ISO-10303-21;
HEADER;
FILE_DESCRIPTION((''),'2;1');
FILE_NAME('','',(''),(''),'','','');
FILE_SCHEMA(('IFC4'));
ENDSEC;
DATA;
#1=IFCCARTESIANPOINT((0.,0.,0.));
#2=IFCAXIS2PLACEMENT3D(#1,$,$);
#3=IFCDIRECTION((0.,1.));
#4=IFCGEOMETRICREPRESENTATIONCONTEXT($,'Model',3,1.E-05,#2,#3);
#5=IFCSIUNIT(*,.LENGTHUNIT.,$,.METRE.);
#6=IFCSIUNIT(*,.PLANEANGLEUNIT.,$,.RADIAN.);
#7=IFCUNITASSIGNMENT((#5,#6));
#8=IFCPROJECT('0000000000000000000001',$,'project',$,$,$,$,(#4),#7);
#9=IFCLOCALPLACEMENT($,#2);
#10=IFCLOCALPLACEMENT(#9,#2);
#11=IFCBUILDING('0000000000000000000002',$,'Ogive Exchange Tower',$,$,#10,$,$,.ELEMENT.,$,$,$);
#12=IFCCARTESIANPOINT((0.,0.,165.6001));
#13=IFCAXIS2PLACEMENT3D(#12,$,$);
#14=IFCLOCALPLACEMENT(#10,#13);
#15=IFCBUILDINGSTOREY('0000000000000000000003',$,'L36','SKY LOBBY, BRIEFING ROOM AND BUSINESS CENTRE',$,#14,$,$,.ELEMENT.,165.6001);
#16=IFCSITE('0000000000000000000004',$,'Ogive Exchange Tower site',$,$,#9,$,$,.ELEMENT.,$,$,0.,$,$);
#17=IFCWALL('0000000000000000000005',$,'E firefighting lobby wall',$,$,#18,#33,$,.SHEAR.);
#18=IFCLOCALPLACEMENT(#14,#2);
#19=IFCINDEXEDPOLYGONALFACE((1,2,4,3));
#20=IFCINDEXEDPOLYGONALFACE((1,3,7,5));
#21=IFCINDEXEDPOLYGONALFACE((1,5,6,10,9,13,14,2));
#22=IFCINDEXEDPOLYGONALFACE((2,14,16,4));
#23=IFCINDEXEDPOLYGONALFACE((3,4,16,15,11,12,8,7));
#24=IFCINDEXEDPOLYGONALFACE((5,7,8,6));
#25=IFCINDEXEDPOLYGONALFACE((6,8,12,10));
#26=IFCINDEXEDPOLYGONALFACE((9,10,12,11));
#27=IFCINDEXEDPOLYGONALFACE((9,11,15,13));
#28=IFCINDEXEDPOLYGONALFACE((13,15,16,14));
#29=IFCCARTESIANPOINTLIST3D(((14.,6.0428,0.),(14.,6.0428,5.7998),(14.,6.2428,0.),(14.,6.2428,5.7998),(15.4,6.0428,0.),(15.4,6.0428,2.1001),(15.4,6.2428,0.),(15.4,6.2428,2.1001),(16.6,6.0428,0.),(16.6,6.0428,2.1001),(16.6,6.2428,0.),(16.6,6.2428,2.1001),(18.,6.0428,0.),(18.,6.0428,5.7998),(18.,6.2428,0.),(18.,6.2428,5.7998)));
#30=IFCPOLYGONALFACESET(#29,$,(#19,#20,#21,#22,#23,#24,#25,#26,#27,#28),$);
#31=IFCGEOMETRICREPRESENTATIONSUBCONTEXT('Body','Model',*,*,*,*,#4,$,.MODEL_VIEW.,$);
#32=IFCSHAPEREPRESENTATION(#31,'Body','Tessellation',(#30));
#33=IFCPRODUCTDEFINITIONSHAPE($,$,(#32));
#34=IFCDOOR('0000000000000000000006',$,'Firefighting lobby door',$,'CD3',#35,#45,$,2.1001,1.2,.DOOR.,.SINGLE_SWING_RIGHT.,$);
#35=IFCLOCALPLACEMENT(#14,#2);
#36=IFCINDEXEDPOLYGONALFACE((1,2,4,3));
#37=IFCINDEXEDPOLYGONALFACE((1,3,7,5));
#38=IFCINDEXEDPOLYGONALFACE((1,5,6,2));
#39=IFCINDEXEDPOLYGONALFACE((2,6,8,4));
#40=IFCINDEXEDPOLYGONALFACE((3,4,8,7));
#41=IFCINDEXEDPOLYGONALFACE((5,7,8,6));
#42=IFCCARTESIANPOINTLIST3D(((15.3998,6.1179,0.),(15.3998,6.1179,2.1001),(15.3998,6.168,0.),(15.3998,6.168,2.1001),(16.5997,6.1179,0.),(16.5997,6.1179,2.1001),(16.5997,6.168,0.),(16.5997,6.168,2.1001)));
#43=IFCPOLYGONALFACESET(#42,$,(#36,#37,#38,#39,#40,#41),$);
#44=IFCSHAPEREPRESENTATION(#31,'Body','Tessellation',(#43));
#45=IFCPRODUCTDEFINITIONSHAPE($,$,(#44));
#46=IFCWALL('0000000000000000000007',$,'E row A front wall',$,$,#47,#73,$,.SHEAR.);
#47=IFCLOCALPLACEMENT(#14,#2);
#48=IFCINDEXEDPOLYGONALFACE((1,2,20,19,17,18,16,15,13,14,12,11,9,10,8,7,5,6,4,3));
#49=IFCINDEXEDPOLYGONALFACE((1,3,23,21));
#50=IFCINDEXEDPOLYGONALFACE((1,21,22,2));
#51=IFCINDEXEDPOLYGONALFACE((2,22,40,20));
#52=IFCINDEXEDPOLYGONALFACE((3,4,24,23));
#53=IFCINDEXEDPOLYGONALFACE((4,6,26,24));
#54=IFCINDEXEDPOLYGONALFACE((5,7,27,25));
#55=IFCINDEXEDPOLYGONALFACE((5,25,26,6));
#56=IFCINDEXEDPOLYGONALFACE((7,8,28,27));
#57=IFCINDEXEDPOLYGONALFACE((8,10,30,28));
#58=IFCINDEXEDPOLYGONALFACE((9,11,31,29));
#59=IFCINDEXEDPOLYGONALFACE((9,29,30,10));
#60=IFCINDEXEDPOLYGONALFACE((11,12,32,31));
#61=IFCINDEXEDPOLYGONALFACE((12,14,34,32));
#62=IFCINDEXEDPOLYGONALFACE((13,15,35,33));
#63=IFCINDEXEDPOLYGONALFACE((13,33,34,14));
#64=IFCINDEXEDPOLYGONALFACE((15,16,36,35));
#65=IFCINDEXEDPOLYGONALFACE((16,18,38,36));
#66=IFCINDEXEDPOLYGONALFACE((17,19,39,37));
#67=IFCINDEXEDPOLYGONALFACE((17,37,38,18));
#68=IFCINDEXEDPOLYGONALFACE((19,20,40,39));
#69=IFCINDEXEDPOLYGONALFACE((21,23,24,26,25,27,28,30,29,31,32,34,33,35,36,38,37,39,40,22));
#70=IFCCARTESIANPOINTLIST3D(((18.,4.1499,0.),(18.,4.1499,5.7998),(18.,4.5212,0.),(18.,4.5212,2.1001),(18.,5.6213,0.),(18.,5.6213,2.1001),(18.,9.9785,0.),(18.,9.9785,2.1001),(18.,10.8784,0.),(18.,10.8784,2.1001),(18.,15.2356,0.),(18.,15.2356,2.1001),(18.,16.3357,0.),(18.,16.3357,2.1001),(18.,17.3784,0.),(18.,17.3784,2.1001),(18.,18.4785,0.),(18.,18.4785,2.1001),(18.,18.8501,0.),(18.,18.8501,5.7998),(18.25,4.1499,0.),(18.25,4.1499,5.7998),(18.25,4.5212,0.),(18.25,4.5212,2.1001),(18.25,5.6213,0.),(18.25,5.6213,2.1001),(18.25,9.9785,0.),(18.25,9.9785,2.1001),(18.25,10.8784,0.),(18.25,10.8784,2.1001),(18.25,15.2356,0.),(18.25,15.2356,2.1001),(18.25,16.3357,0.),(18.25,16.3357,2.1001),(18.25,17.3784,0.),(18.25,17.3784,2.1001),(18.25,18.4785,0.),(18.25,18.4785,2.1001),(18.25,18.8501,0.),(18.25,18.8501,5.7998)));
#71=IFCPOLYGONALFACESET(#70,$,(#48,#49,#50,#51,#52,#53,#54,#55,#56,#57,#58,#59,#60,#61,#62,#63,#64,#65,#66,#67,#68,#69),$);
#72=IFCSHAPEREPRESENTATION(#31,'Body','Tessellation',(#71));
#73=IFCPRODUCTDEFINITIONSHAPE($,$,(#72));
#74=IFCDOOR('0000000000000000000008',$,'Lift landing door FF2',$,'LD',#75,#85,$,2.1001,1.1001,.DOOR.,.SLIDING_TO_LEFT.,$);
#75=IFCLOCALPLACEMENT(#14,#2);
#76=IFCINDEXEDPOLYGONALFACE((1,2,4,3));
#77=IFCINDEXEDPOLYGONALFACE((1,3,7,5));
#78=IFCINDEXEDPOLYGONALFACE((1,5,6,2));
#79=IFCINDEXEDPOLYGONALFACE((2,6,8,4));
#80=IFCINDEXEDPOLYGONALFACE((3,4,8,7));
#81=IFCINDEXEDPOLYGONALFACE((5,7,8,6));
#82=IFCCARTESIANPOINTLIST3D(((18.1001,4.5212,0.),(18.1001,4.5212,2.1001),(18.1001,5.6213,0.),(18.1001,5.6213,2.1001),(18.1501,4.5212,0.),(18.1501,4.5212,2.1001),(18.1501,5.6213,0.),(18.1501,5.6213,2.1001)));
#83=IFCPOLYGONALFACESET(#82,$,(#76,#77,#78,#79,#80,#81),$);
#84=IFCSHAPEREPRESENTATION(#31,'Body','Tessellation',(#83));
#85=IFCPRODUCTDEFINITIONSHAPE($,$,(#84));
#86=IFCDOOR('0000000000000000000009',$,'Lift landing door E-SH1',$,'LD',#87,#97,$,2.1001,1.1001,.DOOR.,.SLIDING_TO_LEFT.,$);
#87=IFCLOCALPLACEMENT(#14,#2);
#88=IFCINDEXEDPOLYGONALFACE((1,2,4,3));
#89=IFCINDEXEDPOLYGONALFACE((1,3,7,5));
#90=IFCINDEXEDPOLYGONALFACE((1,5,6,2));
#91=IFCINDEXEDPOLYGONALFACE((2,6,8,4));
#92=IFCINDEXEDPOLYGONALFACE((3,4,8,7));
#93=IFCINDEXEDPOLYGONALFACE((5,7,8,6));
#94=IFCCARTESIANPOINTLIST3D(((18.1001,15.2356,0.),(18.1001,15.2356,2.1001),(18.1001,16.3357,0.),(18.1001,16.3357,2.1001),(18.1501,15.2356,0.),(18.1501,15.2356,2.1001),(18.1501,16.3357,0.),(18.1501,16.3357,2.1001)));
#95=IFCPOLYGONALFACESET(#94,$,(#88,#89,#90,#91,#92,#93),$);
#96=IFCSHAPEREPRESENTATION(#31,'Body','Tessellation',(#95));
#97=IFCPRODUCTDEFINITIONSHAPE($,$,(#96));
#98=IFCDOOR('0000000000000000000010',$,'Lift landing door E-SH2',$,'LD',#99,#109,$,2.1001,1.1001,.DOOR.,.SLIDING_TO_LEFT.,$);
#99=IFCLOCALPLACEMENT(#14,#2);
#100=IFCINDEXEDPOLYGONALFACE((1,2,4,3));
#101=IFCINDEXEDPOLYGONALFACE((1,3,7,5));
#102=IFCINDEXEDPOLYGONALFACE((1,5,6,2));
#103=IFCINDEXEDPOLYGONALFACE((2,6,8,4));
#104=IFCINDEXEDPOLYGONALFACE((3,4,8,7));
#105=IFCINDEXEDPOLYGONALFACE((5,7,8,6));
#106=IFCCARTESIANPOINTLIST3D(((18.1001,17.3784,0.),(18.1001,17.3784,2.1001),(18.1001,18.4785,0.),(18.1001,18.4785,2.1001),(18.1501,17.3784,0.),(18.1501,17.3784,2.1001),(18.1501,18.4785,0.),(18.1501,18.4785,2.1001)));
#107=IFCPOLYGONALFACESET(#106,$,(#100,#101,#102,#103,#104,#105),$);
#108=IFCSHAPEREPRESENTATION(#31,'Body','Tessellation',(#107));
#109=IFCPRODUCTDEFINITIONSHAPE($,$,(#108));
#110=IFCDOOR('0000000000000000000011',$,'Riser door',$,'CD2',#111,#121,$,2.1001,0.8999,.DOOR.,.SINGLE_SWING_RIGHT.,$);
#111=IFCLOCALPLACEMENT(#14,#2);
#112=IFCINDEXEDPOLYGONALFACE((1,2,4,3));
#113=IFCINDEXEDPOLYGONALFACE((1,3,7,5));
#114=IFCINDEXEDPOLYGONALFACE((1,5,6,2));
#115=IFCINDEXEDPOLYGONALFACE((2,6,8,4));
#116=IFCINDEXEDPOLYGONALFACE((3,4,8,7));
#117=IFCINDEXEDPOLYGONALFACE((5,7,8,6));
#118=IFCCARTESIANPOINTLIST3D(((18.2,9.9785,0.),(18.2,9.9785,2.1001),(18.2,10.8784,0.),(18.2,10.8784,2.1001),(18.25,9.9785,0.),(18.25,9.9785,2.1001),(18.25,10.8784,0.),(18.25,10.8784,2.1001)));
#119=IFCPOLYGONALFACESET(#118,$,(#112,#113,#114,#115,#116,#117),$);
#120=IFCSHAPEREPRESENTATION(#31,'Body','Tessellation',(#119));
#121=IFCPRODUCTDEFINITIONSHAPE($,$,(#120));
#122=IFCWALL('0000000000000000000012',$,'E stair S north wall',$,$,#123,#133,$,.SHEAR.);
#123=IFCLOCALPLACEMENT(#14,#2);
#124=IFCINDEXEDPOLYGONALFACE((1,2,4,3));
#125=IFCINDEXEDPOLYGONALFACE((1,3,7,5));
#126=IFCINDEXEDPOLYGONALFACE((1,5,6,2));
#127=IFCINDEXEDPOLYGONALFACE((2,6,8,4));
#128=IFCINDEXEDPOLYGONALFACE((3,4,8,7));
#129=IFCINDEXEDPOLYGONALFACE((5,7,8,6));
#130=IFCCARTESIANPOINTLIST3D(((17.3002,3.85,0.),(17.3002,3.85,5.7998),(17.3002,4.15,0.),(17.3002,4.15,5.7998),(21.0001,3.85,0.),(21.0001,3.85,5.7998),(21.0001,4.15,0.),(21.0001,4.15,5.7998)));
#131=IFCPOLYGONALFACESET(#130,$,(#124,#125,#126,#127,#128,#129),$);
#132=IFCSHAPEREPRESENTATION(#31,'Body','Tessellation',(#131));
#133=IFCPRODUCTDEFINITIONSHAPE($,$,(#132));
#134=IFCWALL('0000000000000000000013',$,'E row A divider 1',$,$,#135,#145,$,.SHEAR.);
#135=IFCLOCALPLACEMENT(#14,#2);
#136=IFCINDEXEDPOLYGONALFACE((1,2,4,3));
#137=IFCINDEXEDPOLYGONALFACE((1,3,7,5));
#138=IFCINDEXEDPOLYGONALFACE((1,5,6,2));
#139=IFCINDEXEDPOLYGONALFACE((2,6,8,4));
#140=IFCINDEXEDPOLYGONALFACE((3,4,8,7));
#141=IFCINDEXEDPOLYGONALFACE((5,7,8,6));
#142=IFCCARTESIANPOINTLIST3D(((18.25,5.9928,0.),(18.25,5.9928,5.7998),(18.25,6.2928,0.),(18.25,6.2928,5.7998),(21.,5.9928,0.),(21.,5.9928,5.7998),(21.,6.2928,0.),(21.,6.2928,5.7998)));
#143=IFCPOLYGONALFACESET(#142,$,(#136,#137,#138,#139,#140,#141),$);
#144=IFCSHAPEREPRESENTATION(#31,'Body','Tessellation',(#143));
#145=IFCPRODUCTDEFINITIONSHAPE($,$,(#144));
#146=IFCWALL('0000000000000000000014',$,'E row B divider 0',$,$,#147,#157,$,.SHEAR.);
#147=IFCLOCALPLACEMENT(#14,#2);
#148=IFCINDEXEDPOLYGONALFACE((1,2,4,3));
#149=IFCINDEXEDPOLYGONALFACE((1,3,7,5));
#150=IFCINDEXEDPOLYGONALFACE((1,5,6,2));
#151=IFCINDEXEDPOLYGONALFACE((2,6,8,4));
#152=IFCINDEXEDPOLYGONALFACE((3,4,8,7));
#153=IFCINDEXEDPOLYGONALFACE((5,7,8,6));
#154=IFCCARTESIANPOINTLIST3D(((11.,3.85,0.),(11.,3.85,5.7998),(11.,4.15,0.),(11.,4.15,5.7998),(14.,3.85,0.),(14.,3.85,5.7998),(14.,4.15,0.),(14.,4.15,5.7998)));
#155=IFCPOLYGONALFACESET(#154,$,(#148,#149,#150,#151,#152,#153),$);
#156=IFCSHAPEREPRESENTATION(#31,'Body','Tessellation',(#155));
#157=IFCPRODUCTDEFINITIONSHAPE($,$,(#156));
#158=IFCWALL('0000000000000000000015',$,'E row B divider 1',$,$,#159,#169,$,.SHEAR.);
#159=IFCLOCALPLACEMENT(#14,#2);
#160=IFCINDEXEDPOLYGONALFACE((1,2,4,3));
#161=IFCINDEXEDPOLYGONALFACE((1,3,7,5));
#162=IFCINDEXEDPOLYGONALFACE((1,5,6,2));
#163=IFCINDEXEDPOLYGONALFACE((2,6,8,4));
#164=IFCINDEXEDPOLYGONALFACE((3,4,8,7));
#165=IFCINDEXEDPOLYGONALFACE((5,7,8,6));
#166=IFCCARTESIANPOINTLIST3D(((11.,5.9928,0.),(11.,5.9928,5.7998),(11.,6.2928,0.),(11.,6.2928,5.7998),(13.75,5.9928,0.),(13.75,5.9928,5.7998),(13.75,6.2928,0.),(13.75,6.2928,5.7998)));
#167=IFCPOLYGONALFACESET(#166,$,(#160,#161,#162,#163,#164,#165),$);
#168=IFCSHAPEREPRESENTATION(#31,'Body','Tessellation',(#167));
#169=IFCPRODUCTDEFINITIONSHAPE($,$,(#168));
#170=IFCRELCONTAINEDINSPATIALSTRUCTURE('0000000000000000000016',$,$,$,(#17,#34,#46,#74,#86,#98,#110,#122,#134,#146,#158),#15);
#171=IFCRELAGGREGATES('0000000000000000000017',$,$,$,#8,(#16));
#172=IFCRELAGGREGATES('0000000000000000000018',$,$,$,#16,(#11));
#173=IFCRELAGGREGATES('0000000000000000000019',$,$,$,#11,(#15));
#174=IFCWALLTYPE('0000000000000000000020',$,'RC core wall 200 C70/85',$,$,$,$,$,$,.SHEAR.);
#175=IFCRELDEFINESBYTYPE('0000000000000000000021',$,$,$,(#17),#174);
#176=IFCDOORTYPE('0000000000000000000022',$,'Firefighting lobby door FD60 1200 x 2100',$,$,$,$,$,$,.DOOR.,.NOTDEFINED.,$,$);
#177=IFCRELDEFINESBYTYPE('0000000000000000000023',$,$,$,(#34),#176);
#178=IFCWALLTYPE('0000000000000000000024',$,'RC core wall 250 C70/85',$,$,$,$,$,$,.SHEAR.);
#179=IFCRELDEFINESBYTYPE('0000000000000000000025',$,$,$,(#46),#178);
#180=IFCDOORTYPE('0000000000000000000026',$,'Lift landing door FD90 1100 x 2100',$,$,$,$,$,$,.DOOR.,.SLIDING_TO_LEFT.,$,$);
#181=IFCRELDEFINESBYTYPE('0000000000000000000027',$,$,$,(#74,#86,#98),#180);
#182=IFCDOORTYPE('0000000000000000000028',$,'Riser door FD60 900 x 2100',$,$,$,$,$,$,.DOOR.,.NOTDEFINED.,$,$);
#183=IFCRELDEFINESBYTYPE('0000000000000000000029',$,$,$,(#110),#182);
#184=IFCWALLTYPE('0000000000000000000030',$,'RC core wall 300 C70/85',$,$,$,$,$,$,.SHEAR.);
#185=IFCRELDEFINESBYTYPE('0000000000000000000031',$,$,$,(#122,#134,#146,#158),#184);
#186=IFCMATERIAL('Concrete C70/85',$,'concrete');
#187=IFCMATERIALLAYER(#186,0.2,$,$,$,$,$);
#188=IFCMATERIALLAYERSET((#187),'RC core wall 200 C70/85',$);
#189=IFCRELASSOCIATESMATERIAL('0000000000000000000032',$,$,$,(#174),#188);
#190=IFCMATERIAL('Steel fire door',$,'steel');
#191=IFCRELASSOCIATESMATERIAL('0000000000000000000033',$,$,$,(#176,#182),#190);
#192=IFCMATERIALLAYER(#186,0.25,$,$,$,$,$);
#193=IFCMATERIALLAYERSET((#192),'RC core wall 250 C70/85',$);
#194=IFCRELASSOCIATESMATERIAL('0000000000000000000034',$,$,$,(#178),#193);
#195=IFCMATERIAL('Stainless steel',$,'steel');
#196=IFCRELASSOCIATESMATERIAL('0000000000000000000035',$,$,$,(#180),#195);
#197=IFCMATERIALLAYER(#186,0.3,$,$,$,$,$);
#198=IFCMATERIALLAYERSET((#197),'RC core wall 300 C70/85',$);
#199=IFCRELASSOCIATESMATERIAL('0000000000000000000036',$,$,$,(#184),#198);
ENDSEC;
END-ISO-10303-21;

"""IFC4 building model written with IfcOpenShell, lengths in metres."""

from ifc_helpers import new_model, si_unit, direction, frame, frame_2d, origin, place, context, subcontext, project, spatial, rectangle, extrude, material, layer, layer_set, type_object, element, fill, save


model = new_model("IFC4")

# Units and contexts
model_context = context("Model", 3, precision=1e-05, world=origin(), true_north=direction((0.0, 1.0)))
body_context = subcontext(model_context, "Body", "Model", "MODEL_VIEW")
ifc_project = project(units=[si_unit("LENGTHUNIT", "METRE"), si_unit("PLANEANGLEUNIT", "RADIAN")], contexts=[model_context])

# Site, building, storey
site_placement = place(None, origin())
site = spatial("IfcSite", under=ifc_project, at=site_placement, Name="Ogive Exchange Tower site", CompositionType="ELEMENT", RefElevation=0.0)
building_placement = place(site_placement, origin())
building = spatial("IfcBuilding", under=site, at=building_placement, Name="Ogive Exchange Tower", CompositionType="ELEMENT")
storey_placement = place(building_placement, frame((0.0, 0.0, 165.6001)))
storey = spatial("IfcBuildingStorey", under=building, at=storey_placement, Name="L36", Description="SKY LOBBY, BRIEFING ROOM AND BUSINESS CENTRE", CompositionType="ELEMENT", Elevation=165.6001)

# Wall, opening, door
ifc_material_1 = material(Name="Concrete C70/85", Category="concrete")
ifc_layer_1 = layer(ifc_material_1, 0.2)
ifc_layer_set_1 = layer_set([ifc_layer_1], Name="RC core wall 200 C70/85")
wall_type_1 = type_object("IfcWallType", Name="RC core wall 200 C70/85", PredefinedType="SHEAR", material=ifc_layer_set_1)
wall_1_placement = place(storey_placement, frame((14.0, 6.1428, 0.0), z_axis=(0.0, 0.0, 1.0), x_axis=(1.0, 0.0, 0.0)))
wall_1 = element("IfcWall", 1, at=wall_1_placement, inside=storey, type_object=wall_type_1, Name="E firefighting lobby wall", PredefinedType="SHEAR", context=body_context, shape_type="SweptSolid", body=[
    extrude(rectangle(XDim=4.0, YDim=0.2, at=frame_2d((2.0, 0.0))), origin(), (0.0, 0.0, 1.0), 5.7998),
])
opening_1_placement = place(wall_1_placement, frame((1.3999, 0.0, 0.0)))
opening_1 = element("IfcOpeningElement", 2, at=opening_1_placement, cuts=wall_1, PredefinedType="OPENING", context=body_context, shape_type="SweptSolid", body=[
    extrude(rectangle(XDim=1.2, YDim=2.1001, at=frame_2d((0.6001, 1.05))), frame((0.0, 0.1099, 0.0), z_axis=(0.0, -1.0, 0.0), x_axis=(1.0, 0.0, 0.0)), (0.0, 0.0, 1.0), 0.22),
])
ifc_material_2 = material(Name="Steel fire door", Category="steel")
door_type_1 = type_object("IfcDoorType", Name="Firefighting lobby door FD60 1200 x 2100", OperationType="NOTDEFINED", PredefinedType="DOOR", material=ifc_material_2)
door_1_placement = place(opening_1_placement, frame((1.2, 0.0, 0.0), z_axis=(0.0, 0.0, 1.0), x_axis=(-1.0, 0.0, 0.0)))
door_1 = element("IfcDoor", 3, at=door_1_placement, inside=storey, type_object=door_type_1, Name="Firefighting lobby door", ObjectType="CD3", OperationType="SINGLE_SWING_RIGHT", OverallHeight=2.1001, OverallWidth=1.2, PredefinedType="DOOR", context=body_context, shape_type="SweptSolid", body=[
    extrude(rectangle(XDim=1.2, YDim=2.1001, at=frame_2d((0.6001, 1.05))), frame((0.0, 0.0249, 0.0), z_axis=(0.0, -1.0, 0.0), x_axis=(1.0, 0.0, 0.0)), (0.0, 0.0, 1.0), 0.05),
])
fill(opening_1, door_1)

# Wall, openings, doors
ifc_layer_2 = layer(ifc_material_1, 0.25)
ifc_layer_set_2 = layer_set([ifc_layer_2], Name="RC core wall 250 C70/85")
wall_type_2 = type_object("IfcWallType", Name="RC core wall 250 C70/85", PredefinedType="SHEAR", material=ifc_layer_set_2)
wall_2_placement = place(storey_placement, frame((18.125, 4.1499, 0.0), z_axis=(0.0, 0.0, 1.0), x_axis=(0.0, 1.0, 0.0)))
wall_2 = element("IfcWall", 4, at=wall_2_placement, inside=storey, type_object=wall_type_2, Name="E row A front wall", PredefinedType="SHEAR", context=body_context, shape_type="SweptSolid", body=[
    extrude(rectangle(XDim=14.7002, YDim=0.25, at=frame_2d((7.3501, 0.0))), origin(), (0.0, 0.0, 1.0), 5.7998),
])
opening_2_placement = place(wall_2_placement, frame((5.8286, 0.0, 0.0)))
opening_2 = element("IfcOpeningElement", 5, at=opening_2_placement, cuts=wall_2, PredefinedType="OPENING", context=body_context, shape_type="SweptSolid", body=[
    extrude(rectangle(XDim=0.8999, YDim=2.1001, at=frame_2d((0.45, 1.05))), frame((0.0, 0.135, 0.0), z_axis=(0.0, -1.0, 0.0), x_axis=(1.0, 0.0, 0.0)), (0.0, 0.0, 1.0), 0.27),
])
opening_3_placement = place(wall_2_placement, frame((0.3713, 0.0, 0.0)))
opening_3 = element("IfcOpeningElement", 6, at=opening_3_placement, cuts=wall_2, PredefinedType="OPENING", context=body_context, shape_type="SweptSolid", body=[
    extrude(rectangle(XDim=1.1001, YDim=2.1001, at=frame_2d((0.55, 1.05))), frame((0.0, 0.135, 0.0), z_axis=(0.0, -1.0, 0.0), x_axis=(1.0, 0.0, 0.0)), (0.0, 0.0, 1.0), 0.27),
])
opening_4_placement = place(wall_2_placement, frame((11.0857, 0.0, 0.0)))
opening_4 = element("IfcOpeningElement", 7, at=opening_4_placement, cuts=wall_2, PredefinedType="OPENING", context=body_context, shape_type="SweptSolid", body=[
    extrude(rectangle(XDim=1.1001, YDim=2.1001, at=frame_2d((0.55, 1.05))), frame((0.0, 0.135, 0.0), z_axis=(0.0, -1.0, 0.0), x_axis=(1.0, 0.0, 0.0)), (0.0, 0.0, 1.0), 0.27),
])
opening_5_placement = place(wall_2_placement, frame((13.2285, 0.0, 0.0)))
opening_5 = element("IfcOpeningElement", 8, at=opening_5_placement, cuts=wall_2, PredefinedType="OPENING", context=body_context, shape_type="SweptSolid", body=[
    extrude(rectangle(XDim=1.1001, YDim=2.1001, at=frame_2d((0.55, 1.05))), frame((0.0, 0.135, 0.0), z_axis=(0.0, -1.0, 0.0), x_axis=(1.0, 0.0, 0.0)), (0.0, 0.0, 1.0), 0.27),
])
ifc_material_3 = material(Name="Stainless steel", Category="steel")
door_type_2 = type_object("IfcDoorType", Name="Lift landing door FD90 1100 x 2100", OperationType="SLIDING_TO_LEFT", PredefinedType="DOOR", material=ifc_material_3)
door_2_placement = place(opening_3_placement, origin())
door_2 = element("IfcDoor", 9, at=door_2_placement, inside=storey, type_object=door_type_2, Name="Lift landing door FF2", ObjectType="LD", OperationType="SLIDING_TO_LEFT", OverallHeight=2.1001, OverallWidth=1.1001, PredefinedType="DOOR", context=body_context, shape_type="SweptSolid", body=[
    extrude(rectangle(XDim=1.1001, YDim=2.1001, at=frame_2d((0.55, 1.05))), frame((0.0, 0.0249, 0.0), z_axis=(0.0, -1.0, 0.0), x_axis=(1.0, 0.0, 0.0)), (0.0, 0.0, 1.0), 0.05),
])
fill(opening_3, door_2)
door_3_placement = place(opening_4_placement, origin())
door_3 = element("IfcDoor", 10, at=door_3_placement, inside=storey, type_object=door_type_2, Name="Lift landing door E-SH1", ObjectType="LD", OperationType="SLIDING_TO_LEFT", OverallHeight=2.1001, OverallWidth=1.1001, PredefinedType="DOOR", context=body_context, shape_type="SweptSolid", body=[
    extrude(rectangle(XDim=1.1001, YDim=2.1001, at=frame_2d((0.55, 1.05))), frame((0.0, 0.0249, 0.0), z_axis=(0.0, -1.0, 0.0), x_axis=(1.0, 0.0, 0.0)), (0.0, 0.0, 1.0), 0.05),
])
fill(opening_4, door_3)
door_4_placement = place(opening_5_placement, origin())
door_4 = element("IfcDoor", 11, at=door_4_placement, inside=storey, type_object=door_type_2, Name="Lift landing door E-SH2", ObjectType="LD", OperationType="SLIDING_TO_LEFT", OverallHeight=2.1001, OverallWidth=1.1001, PredefinedType="DOOR", context=body_context, shape_type="SweptSolid", body=[
    extrude(rectangle(XDim=1.1001, YDim=2.1001, at=frame_2d((0.55, 1.05))), frame((0.0, 0.0249, 0.0), z_axis=(0.0, -1.0, 0.0), x_axis=(1.0, 0.0, 0.0)), (0.0, 0.0, 1.0), 0.05),
])
fill(opening_5, door_4)
door_type_3 = type_object("IfcDoorType", Name="Riser door FD60 900 x 2100", OperationType="NOTDEFINED", PredefinedType="DOOR", material=ifc_material_2)
door_5_placement = place(opening_2_placement, frame((0.8999, -0.2002, 0.0), z_axis=(0.0, 0.0, 1.0), x_axis=(-1.0, 0.0, 0.0)))
door_5 = element("IfcDoor", 12, at=door_5_placement, inside=storey, type_object=door_type_3, Name="Riser door", ObjectType="CD2", OperationType="SINGLE_SWING_RIGHT", OverallHeight=2.1001, OverallWidth=0.8999, PredefinedType="DOOR", context=body_context, shape_type="SweptSolid", body=[
    extrude(rectangle(XDim=0.8999, YDim=2.1001, at=frame_2d((0.45, 1.05))), frame((0.0, -0.0752, 0.0), z_axis=(0.0, -1.0, 0.0), x_axis=(1.0, 0.0, 0.0)), (0.0, 0.0, 1.0), 0.05),
])
fill(opening_2, door_5)

# Walls
ifc_layer_3 = layer(ifc_material_1, 0.3)
ifc_layer_set_3 = layer_set([ifc_layer_3], Name="RC core wall 300 C70/85")
wall_type_3 = type_object("IfcWallType", Name="RC core wall 300 C70/85", PredefinedType="SHEAR", material=ifc_layer_set_3)
wall_3_placement = place(storey_placement, frame((17.3, 4.0, 0.0), z_axis=(0.0, 0.0, 1.0), x_axis=(1.0, 0.0, 0.0)))
element("IfcWall", 13, at=wall_3_placement, inside=storey, type_object=wall_type_3, Name="E stair S north wall", PredefinedType="SHEAR", context=body_context, shape_type="SweptSolid", body=[
    extrude(rectangle(XDim=3.7, YDim=0.3, at=frame_2d((1.8501, 0.0))), origin(), (0.0, 0.0, 1.0), 5.7998),
])
wall_4_placement = place(storey_placement, frame((18.25, 6.1428, 0.0), z_axis=(0.0, 0.0, 1.0), x_axis=(1.0, 0.0, 0.0)))
element("IfcWall", 14, at=wall_4_placement, inside=storey, type_object=wall_type_3, Name="E row A divider 1", PredefinedType="SHEAR", context=body_context, shape_type="SweptSolid", body=[
    extrude(rectangle(XDim=2.75, YDim=0.3, at=frame_2d((1.375, 0.0))), origin(), (0.0, 0.0, 1.0), 5.7998),
])
wall_5_placement = place(storey_placement, frame((11.0, 4.0, 0.0), z_axis=(0.0, 0.0, 1.0), x_axis=(1.0, 0.0, 0.0)))
element("IfcWall", 15, at=wall_5_placement, inside=storey, type_object=wall_type_3, Name="E row B divider 0", PredefinedType="SHEAR", context=body_context, shape_type="SweptSolid", body=[
    extrude(rectangle(XDim=3.0, YDim=0.3, at=frame_2d((1.5, 0.0))), origin(), (0.0, 0.0, 1.0), 5.7998),
])
wall_6_placement = place(storey_placement, frame((11.0, 6.1428, 0.0), z_axis=(0.0, 0.0, 1.0), x_axis=(1.0, 0.0, 0.0)))
element("IfcWall", 16, at=wall_6_placement, inside=storey, type_object=wall_type_3, Name="E row B divider 1", PredefinedType="SHEAR", context=body_context, shape_type="SweptSolid", body=[
    extrude(rectangle(XDim=2.75, YDim=0.3, at=frame_2d((1.375, 0.0))), origin(), (0.0, 0.0, 1.0), 5.7998),
])

save(model, "model.ifc")
